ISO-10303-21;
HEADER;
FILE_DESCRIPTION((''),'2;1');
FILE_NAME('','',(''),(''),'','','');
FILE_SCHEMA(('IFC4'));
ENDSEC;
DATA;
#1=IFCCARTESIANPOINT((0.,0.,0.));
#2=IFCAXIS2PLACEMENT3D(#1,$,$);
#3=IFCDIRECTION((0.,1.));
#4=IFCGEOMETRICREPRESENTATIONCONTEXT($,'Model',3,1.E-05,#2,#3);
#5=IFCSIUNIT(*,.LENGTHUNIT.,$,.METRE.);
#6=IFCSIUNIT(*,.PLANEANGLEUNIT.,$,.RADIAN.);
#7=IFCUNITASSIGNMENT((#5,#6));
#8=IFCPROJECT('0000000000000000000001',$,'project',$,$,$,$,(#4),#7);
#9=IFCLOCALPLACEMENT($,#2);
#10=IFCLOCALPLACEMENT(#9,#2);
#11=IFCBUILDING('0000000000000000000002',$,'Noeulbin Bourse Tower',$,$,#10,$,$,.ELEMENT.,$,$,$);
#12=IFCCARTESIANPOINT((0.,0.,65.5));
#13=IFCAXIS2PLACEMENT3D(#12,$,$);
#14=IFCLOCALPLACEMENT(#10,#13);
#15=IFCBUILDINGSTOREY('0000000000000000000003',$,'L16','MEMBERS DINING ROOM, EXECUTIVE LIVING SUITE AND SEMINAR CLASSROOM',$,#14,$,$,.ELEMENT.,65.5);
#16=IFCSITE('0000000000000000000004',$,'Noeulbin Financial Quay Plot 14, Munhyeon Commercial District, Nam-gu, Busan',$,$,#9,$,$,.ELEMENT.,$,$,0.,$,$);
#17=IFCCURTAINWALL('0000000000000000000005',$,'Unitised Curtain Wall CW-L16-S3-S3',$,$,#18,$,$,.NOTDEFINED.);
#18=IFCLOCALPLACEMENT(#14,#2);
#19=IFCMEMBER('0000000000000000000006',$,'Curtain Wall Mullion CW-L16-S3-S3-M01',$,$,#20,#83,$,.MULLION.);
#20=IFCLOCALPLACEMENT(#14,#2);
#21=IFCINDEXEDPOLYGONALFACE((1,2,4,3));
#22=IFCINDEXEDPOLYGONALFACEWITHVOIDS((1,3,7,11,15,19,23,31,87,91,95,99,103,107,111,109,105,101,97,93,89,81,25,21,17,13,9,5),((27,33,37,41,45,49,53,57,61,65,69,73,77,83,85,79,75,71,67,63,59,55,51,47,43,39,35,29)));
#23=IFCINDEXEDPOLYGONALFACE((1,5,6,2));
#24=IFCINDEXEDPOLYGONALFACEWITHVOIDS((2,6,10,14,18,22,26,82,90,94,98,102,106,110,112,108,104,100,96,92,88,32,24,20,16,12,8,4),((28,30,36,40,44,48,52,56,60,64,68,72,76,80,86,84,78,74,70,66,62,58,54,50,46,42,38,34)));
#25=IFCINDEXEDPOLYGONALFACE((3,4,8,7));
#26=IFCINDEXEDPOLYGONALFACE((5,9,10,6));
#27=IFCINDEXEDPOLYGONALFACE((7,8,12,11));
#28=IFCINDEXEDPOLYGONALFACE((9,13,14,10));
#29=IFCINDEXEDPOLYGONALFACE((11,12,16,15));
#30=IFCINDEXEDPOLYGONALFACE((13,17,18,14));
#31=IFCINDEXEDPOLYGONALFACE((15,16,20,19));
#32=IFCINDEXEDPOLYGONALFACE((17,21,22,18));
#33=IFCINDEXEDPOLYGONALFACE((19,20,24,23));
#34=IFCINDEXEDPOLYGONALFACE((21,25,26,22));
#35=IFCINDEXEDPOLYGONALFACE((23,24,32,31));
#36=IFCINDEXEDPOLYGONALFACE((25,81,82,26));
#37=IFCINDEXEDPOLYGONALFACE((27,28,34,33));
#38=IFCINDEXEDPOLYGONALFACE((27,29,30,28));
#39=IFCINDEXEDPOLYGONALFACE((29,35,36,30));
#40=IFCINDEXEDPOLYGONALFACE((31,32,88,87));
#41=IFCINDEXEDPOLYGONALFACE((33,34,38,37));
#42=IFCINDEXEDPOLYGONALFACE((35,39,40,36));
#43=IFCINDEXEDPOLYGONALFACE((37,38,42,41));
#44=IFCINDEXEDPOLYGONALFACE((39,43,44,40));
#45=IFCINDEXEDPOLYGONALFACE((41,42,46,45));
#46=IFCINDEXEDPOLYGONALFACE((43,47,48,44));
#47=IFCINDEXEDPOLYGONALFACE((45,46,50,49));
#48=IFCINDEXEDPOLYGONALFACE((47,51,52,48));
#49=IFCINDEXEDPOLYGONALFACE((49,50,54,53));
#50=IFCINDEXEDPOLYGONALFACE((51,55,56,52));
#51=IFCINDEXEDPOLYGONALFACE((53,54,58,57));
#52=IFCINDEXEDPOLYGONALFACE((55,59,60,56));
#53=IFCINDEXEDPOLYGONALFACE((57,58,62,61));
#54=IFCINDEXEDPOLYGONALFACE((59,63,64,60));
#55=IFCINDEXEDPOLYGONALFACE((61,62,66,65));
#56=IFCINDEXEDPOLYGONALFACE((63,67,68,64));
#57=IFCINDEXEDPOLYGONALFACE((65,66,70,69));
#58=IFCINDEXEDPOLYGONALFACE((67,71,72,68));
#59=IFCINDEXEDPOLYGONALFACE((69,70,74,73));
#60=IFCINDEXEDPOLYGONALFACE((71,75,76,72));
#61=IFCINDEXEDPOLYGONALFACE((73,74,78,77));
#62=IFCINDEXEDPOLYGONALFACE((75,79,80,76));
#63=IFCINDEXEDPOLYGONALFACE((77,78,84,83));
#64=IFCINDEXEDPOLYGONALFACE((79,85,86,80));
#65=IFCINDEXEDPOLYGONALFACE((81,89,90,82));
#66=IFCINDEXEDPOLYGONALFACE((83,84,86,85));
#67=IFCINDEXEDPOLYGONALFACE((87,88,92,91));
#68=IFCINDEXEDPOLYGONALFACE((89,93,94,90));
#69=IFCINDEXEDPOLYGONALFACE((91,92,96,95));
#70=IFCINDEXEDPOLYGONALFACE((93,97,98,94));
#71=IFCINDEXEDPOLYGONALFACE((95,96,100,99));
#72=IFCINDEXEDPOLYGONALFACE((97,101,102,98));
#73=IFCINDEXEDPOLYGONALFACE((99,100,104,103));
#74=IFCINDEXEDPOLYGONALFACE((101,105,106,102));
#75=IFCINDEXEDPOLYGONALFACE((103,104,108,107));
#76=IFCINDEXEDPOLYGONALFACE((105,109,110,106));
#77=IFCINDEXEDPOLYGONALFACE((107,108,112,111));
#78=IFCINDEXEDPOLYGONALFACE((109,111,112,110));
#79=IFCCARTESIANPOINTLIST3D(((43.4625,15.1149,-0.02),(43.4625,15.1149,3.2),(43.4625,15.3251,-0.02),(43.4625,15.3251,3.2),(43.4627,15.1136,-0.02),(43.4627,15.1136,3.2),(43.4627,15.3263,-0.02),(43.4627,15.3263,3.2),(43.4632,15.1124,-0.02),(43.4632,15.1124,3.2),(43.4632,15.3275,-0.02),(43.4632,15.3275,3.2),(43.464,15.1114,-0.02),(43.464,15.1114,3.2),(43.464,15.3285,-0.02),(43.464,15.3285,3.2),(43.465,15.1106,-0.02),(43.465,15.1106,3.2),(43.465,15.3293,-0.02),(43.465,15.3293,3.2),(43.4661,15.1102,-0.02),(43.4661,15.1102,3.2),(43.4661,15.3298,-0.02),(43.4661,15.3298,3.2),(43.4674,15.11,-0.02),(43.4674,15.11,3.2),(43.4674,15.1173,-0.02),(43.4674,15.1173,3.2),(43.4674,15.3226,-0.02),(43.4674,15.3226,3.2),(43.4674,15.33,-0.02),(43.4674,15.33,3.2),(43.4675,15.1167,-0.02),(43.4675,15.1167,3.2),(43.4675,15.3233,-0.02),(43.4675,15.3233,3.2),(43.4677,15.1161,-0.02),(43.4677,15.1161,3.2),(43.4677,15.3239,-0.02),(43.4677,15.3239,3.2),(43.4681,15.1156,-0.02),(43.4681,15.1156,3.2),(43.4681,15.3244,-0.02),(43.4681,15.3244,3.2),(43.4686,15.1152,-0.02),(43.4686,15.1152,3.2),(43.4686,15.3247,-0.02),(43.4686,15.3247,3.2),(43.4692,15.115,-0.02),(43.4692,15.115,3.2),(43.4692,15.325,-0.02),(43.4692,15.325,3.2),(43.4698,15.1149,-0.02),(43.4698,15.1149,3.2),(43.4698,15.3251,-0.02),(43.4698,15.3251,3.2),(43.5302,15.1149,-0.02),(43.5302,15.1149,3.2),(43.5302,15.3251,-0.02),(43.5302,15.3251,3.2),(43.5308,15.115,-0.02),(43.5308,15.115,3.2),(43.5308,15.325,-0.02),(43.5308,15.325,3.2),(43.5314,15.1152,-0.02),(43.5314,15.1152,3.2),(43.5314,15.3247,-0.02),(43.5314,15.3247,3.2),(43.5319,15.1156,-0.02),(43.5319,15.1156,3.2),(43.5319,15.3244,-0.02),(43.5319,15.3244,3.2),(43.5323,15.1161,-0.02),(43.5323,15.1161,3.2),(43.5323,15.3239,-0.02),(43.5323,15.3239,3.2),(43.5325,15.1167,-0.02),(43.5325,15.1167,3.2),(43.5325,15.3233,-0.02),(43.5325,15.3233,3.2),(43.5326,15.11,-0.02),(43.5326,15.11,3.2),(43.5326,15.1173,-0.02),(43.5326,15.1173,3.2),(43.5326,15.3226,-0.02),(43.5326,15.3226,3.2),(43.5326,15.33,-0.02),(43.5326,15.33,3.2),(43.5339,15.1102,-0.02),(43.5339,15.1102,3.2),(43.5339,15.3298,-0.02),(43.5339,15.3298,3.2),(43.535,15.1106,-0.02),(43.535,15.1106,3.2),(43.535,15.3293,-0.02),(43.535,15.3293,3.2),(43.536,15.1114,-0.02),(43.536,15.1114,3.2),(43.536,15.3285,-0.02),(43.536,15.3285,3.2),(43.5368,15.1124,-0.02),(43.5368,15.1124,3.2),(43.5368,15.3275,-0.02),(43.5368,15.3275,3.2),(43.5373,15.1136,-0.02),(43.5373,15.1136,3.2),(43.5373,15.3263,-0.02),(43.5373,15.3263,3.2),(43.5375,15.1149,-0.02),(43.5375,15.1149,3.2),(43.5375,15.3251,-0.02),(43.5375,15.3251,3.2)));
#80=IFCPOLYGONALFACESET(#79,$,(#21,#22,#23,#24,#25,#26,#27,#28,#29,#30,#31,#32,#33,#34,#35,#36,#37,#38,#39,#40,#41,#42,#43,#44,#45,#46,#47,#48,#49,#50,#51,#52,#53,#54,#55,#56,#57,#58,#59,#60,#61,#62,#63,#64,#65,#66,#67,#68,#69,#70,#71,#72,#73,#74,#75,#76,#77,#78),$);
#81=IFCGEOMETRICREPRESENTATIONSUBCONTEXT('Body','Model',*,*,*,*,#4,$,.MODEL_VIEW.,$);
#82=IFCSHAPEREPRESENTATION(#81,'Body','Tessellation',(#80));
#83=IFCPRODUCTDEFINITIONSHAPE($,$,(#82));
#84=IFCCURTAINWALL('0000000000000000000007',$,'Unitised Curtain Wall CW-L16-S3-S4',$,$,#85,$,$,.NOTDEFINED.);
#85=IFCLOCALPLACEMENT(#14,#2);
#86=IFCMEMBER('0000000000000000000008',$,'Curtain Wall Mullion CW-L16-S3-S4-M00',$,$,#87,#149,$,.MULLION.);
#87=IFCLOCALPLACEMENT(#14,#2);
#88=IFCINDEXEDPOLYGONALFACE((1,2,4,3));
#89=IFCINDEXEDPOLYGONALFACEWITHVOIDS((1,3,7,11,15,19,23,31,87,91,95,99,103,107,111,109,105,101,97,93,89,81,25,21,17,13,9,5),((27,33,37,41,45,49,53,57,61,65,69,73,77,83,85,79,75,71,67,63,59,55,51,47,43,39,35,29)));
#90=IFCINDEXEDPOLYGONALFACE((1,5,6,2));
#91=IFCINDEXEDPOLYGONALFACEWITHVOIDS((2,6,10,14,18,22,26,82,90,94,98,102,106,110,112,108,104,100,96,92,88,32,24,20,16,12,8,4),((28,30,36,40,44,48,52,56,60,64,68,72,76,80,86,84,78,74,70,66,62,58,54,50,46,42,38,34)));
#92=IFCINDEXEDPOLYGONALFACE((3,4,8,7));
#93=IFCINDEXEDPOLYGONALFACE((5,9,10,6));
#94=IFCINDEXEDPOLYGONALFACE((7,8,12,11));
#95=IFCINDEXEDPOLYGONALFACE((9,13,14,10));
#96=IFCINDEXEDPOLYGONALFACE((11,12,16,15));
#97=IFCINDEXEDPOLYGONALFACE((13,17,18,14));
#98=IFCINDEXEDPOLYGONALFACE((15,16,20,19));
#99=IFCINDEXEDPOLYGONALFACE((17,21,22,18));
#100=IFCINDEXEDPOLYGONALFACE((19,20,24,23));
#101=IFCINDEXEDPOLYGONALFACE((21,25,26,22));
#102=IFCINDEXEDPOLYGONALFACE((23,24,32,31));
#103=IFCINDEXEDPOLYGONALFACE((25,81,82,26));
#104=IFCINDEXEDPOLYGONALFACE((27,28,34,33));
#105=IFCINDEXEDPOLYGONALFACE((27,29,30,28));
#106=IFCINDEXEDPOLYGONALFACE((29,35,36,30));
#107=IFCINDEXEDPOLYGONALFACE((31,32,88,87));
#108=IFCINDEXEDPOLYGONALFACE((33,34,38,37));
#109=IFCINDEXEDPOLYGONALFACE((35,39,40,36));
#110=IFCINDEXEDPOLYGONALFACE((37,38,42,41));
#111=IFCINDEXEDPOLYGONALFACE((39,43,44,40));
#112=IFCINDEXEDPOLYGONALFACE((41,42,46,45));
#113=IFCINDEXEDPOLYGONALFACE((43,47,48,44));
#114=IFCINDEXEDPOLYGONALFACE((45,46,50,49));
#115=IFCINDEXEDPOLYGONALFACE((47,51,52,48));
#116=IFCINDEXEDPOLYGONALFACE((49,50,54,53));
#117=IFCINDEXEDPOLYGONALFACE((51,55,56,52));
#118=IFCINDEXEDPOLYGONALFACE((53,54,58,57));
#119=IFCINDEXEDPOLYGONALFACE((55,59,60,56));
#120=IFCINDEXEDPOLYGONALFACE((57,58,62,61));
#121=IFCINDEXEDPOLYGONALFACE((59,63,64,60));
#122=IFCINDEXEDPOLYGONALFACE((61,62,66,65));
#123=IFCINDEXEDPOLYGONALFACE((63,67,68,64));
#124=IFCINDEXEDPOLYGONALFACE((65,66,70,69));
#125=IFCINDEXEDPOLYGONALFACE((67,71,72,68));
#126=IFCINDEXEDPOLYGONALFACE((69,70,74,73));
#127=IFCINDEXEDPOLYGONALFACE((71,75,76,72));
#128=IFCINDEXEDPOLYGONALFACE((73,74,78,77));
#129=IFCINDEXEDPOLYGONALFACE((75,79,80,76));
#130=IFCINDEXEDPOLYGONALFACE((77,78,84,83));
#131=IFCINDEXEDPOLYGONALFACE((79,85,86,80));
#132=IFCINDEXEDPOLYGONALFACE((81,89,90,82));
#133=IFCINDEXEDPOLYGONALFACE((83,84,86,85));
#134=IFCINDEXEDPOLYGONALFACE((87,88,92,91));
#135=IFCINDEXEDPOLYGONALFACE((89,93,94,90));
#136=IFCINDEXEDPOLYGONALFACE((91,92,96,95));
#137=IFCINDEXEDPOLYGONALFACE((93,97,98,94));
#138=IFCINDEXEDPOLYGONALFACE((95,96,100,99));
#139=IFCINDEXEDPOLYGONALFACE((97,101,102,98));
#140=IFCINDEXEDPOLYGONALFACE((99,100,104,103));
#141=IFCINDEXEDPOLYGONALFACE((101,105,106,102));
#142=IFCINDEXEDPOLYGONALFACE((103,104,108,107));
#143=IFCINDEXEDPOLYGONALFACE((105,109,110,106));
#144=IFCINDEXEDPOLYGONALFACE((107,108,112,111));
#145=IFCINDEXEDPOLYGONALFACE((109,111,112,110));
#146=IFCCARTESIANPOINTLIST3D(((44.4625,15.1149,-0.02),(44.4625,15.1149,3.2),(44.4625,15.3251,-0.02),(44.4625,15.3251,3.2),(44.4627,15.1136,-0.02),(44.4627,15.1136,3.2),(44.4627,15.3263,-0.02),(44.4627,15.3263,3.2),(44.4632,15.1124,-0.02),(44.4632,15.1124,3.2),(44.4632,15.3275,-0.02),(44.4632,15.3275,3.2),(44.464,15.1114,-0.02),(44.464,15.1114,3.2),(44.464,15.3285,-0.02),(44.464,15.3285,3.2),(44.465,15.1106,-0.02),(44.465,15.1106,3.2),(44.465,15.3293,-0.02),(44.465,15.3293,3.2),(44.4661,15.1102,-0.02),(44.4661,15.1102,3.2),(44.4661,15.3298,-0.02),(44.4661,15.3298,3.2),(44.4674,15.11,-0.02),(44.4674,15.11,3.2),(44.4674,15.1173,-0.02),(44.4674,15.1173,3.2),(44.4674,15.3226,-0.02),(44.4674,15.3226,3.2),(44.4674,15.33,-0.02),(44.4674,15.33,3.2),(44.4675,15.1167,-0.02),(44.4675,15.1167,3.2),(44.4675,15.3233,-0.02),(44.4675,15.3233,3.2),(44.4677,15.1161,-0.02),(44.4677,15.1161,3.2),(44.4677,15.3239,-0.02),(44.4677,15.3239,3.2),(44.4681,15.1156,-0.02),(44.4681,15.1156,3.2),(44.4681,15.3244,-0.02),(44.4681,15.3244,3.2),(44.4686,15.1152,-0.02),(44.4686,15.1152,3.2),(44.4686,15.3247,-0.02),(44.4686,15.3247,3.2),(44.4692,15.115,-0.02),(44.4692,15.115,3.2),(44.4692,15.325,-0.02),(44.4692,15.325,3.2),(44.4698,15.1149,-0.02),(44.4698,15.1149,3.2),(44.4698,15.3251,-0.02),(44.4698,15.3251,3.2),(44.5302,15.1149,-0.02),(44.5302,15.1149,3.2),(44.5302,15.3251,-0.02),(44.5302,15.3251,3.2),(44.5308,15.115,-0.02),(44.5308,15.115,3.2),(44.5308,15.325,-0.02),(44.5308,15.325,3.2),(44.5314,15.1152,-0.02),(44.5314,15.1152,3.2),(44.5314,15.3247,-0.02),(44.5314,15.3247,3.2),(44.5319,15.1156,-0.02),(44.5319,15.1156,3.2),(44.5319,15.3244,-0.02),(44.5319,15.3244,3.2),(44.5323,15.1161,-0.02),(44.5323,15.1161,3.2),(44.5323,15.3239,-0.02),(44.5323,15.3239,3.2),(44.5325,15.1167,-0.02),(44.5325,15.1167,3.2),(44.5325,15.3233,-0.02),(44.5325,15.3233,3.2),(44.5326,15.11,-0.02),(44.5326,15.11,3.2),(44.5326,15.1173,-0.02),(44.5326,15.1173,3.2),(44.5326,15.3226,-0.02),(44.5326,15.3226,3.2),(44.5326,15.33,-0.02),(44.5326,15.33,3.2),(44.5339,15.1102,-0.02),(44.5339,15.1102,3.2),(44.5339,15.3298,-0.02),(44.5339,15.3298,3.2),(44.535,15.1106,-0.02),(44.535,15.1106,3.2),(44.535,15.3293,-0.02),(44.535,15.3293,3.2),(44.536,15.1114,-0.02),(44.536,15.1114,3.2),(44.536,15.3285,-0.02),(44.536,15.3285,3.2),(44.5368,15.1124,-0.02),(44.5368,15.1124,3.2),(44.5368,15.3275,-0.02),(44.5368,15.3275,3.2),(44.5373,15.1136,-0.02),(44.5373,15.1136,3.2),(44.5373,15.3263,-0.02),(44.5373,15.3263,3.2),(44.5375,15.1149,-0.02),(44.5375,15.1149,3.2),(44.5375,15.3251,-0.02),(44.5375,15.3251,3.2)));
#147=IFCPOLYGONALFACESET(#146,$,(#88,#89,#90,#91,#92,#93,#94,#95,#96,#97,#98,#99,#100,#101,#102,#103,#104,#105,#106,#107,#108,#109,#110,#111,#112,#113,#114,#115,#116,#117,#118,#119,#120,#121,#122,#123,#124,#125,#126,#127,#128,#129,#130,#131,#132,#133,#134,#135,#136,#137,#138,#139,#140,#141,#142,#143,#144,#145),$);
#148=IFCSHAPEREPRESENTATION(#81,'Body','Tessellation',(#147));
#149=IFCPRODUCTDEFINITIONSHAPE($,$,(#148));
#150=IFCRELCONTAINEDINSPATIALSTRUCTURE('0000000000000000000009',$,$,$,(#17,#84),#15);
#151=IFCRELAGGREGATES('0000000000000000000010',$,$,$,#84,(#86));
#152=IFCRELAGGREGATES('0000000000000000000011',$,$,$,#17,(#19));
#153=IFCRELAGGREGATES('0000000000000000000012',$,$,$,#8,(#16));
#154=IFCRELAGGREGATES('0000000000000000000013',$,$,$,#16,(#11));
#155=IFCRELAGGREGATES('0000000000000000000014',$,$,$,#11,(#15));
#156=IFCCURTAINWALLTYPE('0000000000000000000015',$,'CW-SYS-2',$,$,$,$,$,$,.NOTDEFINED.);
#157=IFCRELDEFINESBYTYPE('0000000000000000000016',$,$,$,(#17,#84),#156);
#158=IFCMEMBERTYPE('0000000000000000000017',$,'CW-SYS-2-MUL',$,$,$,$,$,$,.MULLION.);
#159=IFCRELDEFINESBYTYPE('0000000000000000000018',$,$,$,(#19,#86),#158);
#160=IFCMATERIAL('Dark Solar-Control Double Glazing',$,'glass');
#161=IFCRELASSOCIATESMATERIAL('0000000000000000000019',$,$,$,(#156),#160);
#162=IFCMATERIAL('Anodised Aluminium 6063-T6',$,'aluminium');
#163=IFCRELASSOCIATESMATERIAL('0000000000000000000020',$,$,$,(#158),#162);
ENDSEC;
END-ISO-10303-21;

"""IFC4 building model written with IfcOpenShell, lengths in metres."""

from ifc_helpers import new_model, si_unit, direction, frame, origin, origin_2d, place, context, subcontext, project, spatial, hollow_rectangle, extrude, material, material_profile, profile_set, type_object, element, aggregate, save


model = new_model("IFC4")

# Units and contexts
model_context = context("Model", 3, precision=1e-05, world=origin(), true_north=direction((0.0, 1.0)))
body_context = subcontext(model_context, "Body", "Model", "MODEL_VIEW")
ifc_project = project(units=[si_unit("LENGTHUNIT", "METRE"), si_unit("PLANEANGLEUNIT", "RADIAN")], contexts=[model_context])

# Site, building, storey
site_placement = place(None, origin())
site = spatial("IfcSite", under=ifc_project, at=site_placement, Name="Noeulbin Financial Quay Plot 14, Munhyeon Commercial District, Nam-gu, Busan", CompositionType="ELEMENT", RefElevation=0.0)
building_placement = place(site_placement, origin())
building = spatial("IfcBuilding", under=site, at=building_placement, Name="Noeulbin Bourse Tower", CompositionType="ELEMENT")
storey_placement = place(building_placement, frame((0.0, 0.0, 65.5)))
storey = spatial("IfcBuildingStorey", under=building, at=storey_placement, Name="L16", Description="MEMBERS DINING ROOM, EXECUTIVE LIVING SUITE AND SEMINAR CLASSROOM", CompositionType="ELEMENT", Elevation=65.5)

# Curtain walls, members
ifc_material_1 = material(Name="Dark Solar-Control Double Glazing", Category="glass")
curtain_wall_type = type_object("IfcCurtainWallType", Name="CW-SYS-2", PredefinedType="NOTDEFINED", material=ifc_material_1)
curtain_wall_1_placement = place(storey_placement, origin())
curtain_wall_1 = element("IfcCurtainWall", 1, at=curtain_wall_1_placement, inside=storey, type_object=curtain_wall_type, Name="Unitised Curtain Wall CW-L16-S3-S3", PredefinedType="NOTDEFINED")
ifc_material_2 = material(Name="Anodised Aluminium 6063-T6", Category="aluminium")
ifc_material_profile_1 = material_profile(ifc_material_2, hollow_rectangle(XDim=0.075, YDim=0.22, WallThickness=0.0049, InnerFilletRadius=0.0024, OuterFilletRadius=0.0049, at=origin_2d()), Name="ALU-MULL-75x220x5", Category="LoadBearing")
ifc_profile_set_1 = profile_set([ifc_material_profile_1], Name="Anodised Aluminium 6063-T6")
member_type_1 = type_object("IfcMemberType", Name="CW-SYS-2-MUL", PredefinedType="MULLION", material=ifc_profile_set_1)
member_1_placement = place(storey_placement, frame((43.5, 15.22, -0.02), z_axis=(0.0, 0.0, 1.0), x_axis=(1.0, 0.0, 0.0)))
member_1 = element("IfcMember", 2, at=member_1_placement, type_object=member_type_1, Name="Curtain Wall Mullion CW-L16-S3-S3-M01", PredefinedType="MULLION", context=body_context, shape_type="SweptSolid", body=[
    extrude(hollow_rectangle(XDim=0.075, YDim=0.22, WallThickness=0.0049, InnerFilletRadius=0.0024, OuterFilletRadius=0.0049, at=origin_2d()), origin(), (0.0, 0.0, 1.0), 3.22),
])
curtain_wall_2_placement = place(storey_placement, origin())
curtain_wall_2 = element("IfcCurtainWall", 3, at=curtain_wall_2_placement, inside=storey, type_object=curtain_wall_type, Name="Unitised Curtain Wall CW-L16-S3-S4", PredefinedType="NOTDEFINED")
member_2_placement = place(storey_placement, frame((44.5, 15.22, -0.02), z_axis=(0.0, 0.0, 1.0), x_axis=(1.0, 0.0, 0.0)))
member_2 = element("IfcMember", 4, at=member_2_placement, type_object=member_type_1, Name="Curtain Wall Mullion CW-L16-S3-S4-M00", PredefinedType="MULLION", context=body_context, shape_type="SweptSolid", body=[
    extrude(hollow_rectangle(XDim=0.075, YDim=0.22, WallThickness=0.0049, InnerFilletRadius=0.0024, OuterFilletRadius=0.0049, at=origin_2d()), origin(), (0.0, 0.0, 1.0), 3.22),
])
aggregate(curtain_wall_2, [member_2])

aggregate(curtain_wall_1, [member_1])

save(model, "model.ifc")
